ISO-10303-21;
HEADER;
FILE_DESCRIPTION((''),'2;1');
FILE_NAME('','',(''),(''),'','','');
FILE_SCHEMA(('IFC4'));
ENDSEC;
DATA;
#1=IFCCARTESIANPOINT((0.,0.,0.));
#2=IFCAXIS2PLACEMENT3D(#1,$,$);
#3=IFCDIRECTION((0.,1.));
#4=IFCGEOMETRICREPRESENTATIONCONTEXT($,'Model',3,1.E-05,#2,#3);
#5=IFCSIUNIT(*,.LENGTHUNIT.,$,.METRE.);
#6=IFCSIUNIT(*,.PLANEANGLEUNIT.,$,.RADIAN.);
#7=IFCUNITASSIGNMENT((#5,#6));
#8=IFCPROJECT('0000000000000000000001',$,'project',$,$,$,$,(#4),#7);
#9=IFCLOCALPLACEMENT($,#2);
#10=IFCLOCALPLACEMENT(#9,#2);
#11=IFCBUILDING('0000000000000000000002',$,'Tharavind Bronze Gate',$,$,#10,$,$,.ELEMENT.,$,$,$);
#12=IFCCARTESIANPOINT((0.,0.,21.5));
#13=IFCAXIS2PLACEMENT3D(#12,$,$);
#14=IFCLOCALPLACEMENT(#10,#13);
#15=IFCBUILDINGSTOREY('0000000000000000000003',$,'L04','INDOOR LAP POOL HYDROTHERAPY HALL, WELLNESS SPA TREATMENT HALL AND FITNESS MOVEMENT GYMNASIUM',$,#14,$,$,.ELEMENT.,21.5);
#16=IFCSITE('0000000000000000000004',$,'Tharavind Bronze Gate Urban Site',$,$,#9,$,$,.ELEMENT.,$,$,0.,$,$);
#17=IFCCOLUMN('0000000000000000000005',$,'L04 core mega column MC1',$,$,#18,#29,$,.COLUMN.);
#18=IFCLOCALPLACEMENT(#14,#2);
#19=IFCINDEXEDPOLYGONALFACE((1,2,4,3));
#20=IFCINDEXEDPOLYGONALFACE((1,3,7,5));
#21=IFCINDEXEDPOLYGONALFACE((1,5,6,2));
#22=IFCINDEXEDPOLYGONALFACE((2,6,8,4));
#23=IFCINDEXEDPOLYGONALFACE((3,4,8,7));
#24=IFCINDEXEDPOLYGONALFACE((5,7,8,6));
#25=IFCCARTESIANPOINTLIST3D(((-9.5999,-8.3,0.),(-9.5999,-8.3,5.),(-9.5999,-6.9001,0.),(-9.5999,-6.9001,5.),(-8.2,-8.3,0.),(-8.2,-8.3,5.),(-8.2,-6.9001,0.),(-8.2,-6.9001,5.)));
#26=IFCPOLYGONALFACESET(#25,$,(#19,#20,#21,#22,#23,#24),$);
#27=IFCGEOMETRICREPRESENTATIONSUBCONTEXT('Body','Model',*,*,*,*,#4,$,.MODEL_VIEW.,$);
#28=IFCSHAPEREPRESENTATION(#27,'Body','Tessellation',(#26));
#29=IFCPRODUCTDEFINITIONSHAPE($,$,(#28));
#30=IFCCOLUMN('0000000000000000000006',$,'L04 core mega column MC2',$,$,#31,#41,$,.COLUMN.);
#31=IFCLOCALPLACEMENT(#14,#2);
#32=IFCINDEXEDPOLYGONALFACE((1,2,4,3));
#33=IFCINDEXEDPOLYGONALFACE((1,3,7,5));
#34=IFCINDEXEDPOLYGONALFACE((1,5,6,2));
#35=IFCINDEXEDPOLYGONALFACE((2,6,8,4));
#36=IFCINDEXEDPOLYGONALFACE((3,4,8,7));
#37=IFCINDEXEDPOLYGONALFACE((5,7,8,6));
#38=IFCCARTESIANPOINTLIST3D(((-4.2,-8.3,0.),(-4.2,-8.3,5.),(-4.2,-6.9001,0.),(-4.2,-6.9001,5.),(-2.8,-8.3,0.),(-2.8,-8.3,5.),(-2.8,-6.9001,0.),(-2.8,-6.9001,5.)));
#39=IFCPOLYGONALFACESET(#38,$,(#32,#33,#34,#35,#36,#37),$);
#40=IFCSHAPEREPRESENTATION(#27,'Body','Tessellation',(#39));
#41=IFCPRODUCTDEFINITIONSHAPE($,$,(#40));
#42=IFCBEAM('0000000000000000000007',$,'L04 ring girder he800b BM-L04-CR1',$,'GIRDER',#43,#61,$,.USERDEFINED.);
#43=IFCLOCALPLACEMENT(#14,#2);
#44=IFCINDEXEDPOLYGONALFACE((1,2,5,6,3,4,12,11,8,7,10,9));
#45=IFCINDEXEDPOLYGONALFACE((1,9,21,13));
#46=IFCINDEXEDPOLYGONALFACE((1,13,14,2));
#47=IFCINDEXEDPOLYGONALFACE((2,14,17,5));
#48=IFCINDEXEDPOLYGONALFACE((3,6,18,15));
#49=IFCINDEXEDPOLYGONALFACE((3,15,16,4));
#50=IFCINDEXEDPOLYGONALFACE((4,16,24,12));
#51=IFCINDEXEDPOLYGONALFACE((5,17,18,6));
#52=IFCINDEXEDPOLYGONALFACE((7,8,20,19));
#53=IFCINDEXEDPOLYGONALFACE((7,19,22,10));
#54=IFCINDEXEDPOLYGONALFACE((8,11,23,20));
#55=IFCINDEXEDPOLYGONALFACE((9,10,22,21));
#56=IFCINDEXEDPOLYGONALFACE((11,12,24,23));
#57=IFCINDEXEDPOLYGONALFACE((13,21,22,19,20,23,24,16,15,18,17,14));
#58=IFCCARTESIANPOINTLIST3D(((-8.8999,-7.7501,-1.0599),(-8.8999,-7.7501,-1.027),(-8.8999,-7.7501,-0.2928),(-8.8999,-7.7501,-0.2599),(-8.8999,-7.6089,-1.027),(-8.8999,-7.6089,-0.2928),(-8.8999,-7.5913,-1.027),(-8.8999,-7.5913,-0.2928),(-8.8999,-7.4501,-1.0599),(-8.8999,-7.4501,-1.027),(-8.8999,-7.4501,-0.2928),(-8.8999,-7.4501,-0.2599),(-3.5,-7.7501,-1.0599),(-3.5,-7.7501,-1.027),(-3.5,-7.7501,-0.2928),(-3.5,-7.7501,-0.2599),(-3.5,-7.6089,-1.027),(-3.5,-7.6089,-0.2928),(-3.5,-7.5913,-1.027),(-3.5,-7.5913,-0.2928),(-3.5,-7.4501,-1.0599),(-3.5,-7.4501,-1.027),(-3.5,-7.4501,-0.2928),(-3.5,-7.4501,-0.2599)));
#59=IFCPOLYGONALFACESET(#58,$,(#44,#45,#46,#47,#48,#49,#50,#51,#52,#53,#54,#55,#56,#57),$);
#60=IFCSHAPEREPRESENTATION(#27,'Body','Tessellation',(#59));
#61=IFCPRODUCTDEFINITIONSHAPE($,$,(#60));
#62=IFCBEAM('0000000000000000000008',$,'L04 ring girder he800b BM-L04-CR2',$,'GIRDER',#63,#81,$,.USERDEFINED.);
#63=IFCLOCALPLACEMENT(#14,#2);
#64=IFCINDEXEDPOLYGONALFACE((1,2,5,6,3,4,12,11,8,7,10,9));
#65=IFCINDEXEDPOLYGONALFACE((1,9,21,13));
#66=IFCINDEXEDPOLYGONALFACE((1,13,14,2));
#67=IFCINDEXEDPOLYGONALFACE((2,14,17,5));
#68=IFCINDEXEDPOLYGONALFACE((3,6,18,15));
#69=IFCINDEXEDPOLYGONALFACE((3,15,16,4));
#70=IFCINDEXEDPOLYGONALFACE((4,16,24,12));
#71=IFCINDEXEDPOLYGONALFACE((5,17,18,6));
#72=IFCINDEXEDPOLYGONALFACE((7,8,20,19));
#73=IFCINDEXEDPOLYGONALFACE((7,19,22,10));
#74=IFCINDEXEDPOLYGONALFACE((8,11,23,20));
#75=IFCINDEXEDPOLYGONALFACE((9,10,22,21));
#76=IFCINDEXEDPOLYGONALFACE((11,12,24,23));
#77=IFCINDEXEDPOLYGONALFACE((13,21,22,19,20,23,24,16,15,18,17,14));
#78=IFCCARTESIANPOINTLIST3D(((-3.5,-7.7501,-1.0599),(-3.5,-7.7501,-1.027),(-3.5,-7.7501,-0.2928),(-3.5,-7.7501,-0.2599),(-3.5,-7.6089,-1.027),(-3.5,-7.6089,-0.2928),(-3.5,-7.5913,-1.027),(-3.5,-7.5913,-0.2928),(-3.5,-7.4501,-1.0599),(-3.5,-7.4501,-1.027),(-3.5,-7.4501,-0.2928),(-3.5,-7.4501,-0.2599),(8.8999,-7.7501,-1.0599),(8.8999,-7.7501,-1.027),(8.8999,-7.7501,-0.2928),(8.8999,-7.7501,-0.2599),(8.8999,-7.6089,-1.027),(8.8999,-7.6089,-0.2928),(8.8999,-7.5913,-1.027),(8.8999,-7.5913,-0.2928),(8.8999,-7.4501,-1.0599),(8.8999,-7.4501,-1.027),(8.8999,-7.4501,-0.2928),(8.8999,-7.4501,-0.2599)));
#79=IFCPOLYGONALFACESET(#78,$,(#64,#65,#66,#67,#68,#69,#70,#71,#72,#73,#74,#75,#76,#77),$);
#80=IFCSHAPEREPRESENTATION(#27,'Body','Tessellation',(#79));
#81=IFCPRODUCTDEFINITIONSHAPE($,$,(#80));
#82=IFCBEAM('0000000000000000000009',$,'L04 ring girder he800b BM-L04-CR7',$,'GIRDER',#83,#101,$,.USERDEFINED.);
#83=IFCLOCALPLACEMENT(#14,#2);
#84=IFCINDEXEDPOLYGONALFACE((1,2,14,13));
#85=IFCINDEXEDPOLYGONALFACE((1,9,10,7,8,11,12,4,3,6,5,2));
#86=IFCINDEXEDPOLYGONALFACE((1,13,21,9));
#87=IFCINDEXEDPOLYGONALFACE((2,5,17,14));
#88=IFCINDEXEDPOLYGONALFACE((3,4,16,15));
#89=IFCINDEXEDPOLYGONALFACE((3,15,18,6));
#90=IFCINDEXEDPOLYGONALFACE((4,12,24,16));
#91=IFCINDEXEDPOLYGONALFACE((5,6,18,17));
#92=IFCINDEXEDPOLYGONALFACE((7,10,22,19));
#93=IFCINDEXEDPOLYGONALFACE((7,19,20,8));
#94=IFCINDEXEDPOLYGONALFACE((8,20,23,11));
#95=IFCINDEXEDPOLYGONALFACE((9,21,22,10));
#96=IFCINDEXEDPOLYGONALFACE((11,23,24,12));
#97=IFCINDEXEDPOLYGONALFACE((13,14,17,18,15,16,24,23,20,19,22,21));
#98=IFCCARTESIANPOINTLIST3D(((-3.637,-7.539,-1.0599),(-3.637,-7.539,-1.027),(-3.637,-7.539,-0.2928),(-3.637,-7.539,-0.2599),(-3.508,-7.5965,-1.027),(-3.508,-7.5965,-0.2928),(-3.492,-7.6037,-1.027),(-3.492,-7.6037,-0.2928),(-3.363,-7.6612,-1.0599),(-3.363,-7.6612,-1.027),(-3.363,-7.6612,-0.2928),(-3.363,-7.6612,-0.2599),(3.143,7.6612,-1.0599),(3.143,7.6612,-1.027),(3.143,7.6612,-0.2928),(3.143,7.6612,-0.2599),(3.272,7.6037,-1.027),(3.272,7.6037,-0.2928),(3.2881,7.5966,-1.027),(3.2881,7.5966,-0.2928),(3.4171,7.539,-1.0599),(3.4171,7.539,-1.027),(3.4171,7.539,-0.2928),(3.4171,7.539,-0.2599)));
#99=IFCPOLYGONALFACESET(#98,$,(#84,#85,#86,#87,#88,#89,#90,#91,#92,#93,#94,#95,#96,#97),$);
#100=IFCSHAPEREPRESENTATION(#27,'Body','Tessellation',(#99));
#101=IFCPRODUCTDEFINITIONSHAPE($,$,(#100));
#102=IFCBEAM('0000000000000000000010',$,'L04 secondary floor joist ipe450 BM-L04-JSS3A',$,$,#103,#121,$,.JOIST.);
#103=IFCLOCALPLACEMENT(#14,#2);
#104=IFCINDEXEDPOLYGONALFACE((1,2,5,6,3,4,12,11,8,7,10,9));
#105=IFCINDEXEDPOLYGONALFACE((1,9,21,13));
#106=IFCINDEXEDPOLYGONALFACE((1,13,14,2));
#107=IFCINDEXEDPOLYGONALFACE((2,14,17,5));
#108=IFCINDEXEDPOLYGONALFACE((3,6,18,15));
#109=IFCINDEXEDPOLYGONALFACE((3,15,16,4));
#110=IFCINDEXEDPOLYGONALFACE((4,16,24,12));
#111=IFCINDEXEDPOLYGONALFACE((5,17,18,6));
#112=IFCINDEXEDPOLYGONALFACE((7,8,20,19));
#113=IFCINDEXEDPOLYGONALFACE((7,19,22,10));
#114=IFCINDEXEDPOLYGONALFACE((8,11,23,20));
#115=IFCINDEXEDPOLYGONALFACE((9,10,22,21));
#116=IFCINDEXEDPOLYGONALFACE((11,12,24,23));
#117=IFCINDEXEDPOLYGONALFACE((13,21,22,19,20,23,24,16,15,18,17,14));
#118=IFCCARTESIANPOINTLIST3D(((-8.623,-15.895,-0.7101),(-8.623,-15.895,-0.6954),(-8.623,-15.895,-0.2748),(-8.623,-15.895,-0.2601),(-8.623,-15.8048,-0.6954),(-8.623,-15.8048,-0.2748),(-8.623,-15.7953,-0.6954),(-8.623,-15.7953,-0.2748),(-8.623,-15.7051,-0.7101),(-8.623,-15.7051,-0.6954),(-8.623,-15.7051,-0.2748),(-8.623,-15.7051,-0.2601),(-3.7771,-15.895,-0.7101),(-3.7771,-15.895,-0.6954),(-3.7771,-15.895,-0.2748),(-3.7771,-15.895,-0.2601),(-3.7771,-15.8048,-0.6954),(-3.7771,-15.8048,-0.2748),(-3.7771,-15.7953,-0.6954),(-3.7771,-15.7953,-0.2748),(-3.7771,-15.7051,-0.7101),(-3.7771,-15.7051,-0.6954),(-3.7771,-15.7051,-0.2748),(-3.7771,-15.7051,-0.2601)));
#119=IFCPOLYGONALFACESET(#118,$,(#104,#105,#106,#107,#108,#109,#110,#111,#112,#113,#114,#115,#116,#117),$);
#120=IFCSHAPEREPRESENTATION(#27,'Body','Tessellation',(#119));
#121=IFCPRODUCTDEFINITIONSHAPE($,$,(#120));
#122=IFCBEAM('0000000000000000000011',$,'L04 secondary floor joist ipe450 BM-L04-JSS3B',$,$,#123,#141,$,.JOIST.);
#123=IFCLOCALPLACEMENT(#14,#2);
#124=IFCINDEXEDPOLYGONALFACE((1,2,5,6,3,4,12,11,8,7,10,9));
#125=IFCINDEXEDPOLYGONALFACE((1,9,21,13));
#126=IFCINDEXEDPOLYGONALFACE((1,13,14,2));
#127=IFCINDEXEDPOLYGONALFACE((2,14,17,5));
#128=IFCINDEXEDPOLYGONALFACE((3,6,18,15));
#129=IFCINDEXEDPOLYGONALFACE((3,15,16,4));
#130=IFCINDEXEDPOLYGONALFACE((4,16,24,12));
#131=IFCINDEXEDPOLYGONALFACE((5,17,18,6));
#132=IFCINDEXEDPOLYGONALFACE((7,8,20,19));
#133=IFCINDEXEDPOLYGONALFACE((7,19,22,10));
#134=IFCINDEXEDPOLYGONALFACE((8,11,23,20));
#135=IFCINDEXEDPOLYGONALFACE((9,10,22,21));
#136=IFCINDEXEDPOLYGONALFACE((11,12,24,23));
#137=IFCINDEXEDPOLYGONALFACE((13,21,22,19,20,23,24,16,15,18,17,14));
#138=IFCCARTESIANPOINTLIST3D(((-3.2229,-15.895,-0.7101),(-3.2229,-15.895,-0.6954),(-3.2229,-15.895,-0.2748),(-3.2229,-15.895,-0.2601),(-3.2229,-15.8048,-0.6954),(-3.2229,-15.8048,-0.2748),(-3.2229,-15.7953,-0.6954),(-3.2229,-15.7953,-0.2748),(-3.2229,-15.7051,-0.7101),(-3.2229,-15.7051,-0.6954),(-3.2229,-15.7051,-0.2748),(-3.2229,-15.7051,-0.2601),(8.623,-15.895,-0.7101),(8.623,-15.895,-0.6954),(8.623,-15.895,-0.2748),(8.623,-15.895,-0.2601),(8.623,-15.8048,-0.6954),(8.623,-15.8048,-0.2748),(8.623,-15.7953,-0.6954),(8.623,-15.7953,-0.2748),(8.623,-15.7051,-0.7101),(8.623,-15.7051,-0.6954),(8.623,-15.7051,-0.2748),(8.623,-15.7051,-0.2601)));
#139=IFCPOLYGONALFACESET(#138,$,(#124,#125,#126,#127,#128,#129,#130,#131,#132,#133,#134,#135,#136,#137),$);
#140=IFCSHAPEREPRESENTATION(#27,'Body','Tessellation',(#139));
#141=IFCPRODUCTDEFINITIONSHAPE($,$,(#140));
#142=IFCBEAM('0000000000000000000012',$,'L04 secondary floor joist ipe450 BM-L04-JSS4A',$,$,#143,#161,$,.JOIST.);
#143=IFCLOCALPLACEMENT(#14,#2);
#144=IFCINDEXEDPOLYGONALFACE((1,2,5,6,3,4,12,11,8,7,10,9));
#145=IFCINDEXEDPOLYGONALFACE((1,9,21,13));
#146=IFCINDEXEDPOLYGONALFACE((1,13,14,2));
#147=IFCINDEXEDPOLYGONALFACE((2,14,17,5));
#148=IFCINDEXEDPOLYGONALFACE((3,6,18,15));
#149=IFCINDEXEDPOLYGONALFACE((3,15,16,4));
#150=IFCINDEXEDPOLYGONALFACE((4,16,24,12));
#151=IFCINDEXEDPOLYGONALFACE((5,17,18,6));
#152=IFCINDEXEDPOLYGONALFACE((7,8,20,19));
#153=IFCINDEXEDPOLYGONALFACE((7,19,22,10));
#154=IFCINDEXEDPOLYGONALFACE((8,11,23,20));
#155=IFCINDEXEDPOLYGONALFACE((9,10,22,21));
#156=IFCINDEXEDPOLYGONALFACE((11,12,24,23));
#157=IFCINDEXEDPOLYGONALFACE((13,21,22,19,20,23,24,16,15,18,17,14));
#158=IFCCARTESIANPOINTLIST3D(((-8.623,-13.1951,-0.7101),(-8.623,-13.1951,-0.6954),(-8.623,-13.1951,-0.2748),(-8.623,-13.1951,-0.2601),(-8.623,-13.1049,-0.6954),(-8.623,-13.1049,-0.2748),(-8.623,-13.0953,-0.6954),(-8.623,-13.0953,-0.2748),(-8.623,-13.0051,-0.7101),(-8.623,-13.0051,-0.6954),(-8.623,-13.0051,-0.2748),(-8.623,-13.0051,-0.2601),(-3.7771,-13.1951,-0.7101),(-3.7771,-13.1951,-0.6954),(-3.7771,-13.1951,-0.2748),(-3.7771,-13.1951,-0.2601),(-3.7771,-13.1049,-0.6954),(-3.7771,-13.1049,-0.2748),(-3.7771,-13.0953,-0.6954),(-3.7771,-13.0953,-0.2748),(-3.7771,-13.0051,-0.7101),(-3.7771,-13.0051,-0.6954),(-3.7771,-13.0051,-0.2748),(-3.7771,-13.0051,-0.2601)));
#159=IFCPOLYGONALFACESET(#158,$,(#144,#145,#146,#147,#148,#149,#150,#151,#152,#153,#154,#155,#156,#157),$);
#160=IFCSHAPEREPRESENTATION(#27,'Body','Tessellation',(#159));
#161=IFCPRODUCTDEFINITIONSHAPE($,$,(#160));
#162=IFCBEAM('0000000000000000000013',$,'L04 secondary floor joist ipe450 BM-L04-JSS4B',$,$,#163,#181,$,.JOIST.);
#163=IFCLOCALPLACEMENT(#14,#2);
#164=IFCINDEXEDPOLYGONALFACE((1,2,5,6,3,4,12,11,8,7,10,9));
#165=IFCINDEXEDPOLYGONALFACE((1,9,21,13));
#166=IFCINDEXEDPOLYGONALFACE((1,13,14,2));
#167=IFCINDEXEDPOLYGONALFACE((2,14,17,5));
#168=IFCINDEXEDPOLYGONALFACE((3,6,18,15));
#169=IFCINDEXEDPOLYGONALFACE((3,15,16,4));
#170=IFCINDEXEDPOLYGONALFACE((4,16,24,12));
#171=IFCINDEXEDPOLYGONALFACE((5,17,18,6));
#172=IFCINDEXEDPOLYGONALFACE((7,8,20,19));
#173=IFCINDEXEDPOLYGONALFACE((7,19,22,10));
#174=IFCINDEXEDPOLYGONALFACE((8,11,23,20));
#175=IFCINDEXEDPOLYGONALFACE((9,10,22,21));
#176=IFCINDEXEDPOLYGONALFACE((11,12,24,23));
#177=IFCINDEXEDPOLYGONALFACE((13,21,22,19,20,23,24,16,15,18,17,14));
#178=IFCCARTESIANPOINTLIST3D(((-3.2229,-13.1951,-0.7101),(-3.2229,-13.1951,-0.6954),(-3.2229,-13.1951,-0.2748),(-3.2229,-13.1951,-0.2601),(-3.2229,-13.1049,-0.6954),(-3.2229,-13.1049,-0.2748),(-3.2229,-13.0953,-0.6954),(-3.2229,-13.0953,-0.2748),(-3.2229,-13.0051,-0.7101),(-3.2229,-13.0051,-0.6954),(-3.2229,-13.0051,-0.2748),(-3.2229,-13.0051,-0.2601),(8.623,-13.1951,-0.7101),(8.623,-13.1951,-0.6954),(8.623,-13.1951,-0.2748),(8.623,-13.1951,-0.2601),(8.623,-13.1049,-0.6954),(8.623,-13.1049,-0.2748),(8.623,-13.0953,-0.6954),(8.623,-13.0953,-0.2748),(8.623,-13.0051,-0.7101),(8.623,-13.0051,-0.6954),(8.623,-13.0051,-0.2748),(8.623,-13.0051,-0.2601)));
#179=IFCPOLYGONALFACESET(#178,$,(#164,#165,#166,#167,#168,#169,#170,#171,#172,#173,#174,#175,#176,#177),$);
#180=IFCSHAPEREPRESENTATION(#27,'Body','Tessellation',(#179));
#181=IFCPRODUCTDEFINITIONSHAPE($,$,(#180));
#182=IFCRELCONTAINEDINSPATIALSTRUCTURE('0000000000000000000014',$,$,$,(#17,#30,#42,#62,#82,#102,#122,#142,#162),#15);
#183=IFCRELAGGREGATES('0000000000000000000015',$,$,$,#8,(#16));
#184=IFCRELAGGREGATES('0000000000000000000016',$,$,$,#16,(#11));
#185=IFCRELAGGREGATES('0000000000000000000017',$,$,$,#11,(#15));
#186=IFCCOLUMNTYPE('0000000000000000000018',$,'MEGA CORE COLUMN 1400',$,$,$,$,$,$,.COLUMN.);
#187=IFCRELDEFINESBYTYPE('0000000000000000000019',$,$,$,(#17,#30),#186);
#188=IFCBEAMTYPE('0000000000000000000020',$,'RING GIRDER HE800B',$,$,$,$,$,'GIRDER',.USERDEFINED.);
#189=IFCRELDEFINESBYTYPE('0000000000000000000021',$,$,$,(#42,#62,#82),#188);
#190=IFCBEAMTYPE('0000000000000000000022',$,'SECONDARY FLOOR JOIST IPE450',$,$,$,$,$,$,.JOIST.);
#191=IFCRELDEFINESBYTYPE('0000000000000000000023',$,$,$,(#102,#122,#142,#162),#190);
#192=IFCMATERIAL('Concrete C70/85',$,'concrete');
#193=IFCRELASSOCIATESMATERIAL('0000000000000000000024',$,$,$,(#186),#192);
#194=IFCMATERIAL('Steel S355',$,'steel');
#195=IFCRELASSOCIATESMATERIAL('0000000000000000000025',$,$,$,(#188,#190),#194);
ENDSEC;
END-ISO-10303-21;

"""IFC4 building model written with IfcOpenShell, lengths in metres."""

from ifc_helpers import new_model, si_unit, direction, frame, origin, origin_2d, place, context, subcontext, project, spatial, rectangle, i_section, extrude, material, material_profile, profile_set, type_object, element, save


model = new_model("IFC4")

# Units and contexts
model_context = context("Model", 3, precision=1e-05, world=origin(), true_north=direction((0.0, 1.0)))
body_context = subcontext(model_context, "Body", "Model", "MODEL_VIEW")
ifc_project = project(units=[si_unit("LENGTHUNIT", "METRE"), si_unit("PLANEANGLEUNIT", "RADIAN")], contexts=[model_context])

# Site, building, storey
site_placement = place(None, origin())
site = spatial("IfcSite", under=ifc_project, at=site_placement, Name="Tharavind Bronze Gate Urban Site", CompositionType="ELEMENT", RefElevation=0.0)
building_placement = place(site_placement, origin())
building = spatial("IfcBuilding", under=site, at=building_placement, Name="Tharavind Bronze Gate", CompositionType="ELEMENT")
storey_placement = place(building_placement, frame((0.0, 0.0, 21.5)))
storey = spatial("IfcBuildingStorey", under=building, at=storey_placement, Name="L04", Description="INDOOR LAP POOL HYDROTHERAPY HALL, WELLNESS SPA TREATMENT HALL AND FITNESS MOVEMENT GYMNASIUM", CompositionType="ELEMENT", Elevation=21.5)

# Columns
ifc_material_1 = material(Name="Concrete C70/85", Category="concrete")
ifc_material_profile_1 = material_profile(ifc_material_1, rectangle(XDim=1.3999, YDim=1.3999, at=origin_2d()), Name="RCCOL1400")
ifc_profile_set_1 = profile_set([ifc_material_profile_1], Name="Concrete C70/85")
column_type = type_object("IfcColumnType", Name="MEGA CORE COLUMN 1400", PredefinedType="COLUMN", material=ifc_profile_set_1)
for number, where, z_axis, x_axis, name in (
    (1, (-8.8999, -7.6001, 0.0), (0.0, 0.0, 1.0), (1.0, 0.0, 0.0), "L04 core mega column MC1"),
    (2, (-3.5, -7.6001, 0.0), (0.0, 0.0, 1.0), (1.0, 0.0, 0.0), "L04 core mega column MC2"),
):
    element("IfcColumn", number, at=place(storey_placement, frame(where, z_axis=z_axis, x_axis=x_axis)), inside=storey, type_object=column_type, Name=name, PredefinedType="COLUMN", context=body_context, shape_type="SweptSolid", body=[
        extrude(rectangle(XDim=1.3999, YDim=1.3999, at=origin_2d()), origin(), (0.0, 0.0, 1.0), 5.0),
    ])

# Beams
ifc_material_2 = material(Name="Steel S355", Category="steel")
ifc_material_profile_2 = material_profile(ifc_material_2, i_section(OverallWidth=0.3, OverallDepth=0.8, WebThickness=0.0176, FlangeThickness=0.033, at=origin_2d()), Name="HE800B")
ifc_profile_set_2 = profile_set([ifc_material_profile_2], Name="Steel S355")
beam_type_1 = type_object("IfcBeamType", Name="RING GIRDER HE800B", ElementType="GIRDER", PredefinedType="USERDEFINED", material=ifc_profile_set_2)
beam_1_placement = place(storey_placement, frame((-8.8999, -7.6001, -0.6599), z_axis=(1.0, 0.0, 0.0), x_axis=(0.0, 1.0, 0.0)))
element("IfcBeam", 3, at=beam_1_placement, inside=storey, type_object=beam_type_1, Name="L04 ring girder he800b BM-L04-CR1", ObjectType="GIRDER", PredefinedType="USERDEFINED", context=body_context, shape_type="SweptSolid", body=[
    extrude(i_section(OverallWidth=0.3, OverallDepth=0.8, WebThickness=0.0176, FlangeThickness=0.033, at=origin_2d()), origin(), (0.0, 0.0, 1.0), 5.3999),
])
beam_2_placement = place(storey_placement, frame((-3.5, -7.6001, -0.6599), z_axis=(1.0, 0.0, 0.0), x_axis=(0.0, 1.0, 0.0)))
element("IfcBeam", 4, at=beam_2_placement, inside=storey, type_object=beam_type_1, Name="L04 ring girder he800b BM-L04-CR2", ObjectType="GIRDER", PredefinedType="USERDEFINED", context=body_context, shape_type="SweptSolid", body=[
    extrude(i_section(OverallWidth=0.3, OverallDepth=0.8, WebThickness=0.0176, FlangeThickness=0.033, at=origin_2d()), origin(), (0.0, 0.0, 1.0), 12.3999),
])
beam_3_placement = place(storey_placement, frame((-3.5, -7.6001, -0.6599), z_axis=(0.407362, 0.913267, 0.0), x_axis=(-0.913267, 0.407362, 0.0)))
element("IfcBeam", 5, at=beam_3_placement, inside=storey, type_object=beam_type_1, Name="L04 ring girder he800b BM-L04-CR7", ObjectType="GIRDER", PredefinedType="USERDEFINED", context=body_context, shape_type="SweptSolid", body=[
    extrude(i_section(OverallWidth=0.3, OverallDepth=0.8, WebThickness=0.0176, FlangeThickness=0.033, at=origin_2d()), origin(), (0.0, 0.0, 1.0), 16.6438),
])
ifc_material_profile_3 = material_profile(ifc_material_2, i_section(OverallWidth=0.1899, OverallDepth=0.45, WebThickness=0.0095, FlangeThickness=0.0146, at=origin_2d()), Name="IPE450")
ifc_profile_set_3 = profile_set([ifc_material_profile_3], Name="Steel S355")
beam_type_2 = type_object("IfcBeamType", Name="SECONDARY FLOOR JOIST IPE450", PredefinedType="JOIST", material=ifc_profile_set_3)
beam_4_placement = place(storey_placement, frame((-8.623, -15.8, -0.4851), z_axis=(1.0, 0.0, 0.0), x_axis=(0.0, 1.0, 0.0)))
element("IfcBeam", 6, at=beam_4_placement, inside=storey, type_object=beam_type_2, Name="L04 secondary floor joist ipe450 BM-L04-JSS3A", PredefinedType="JOIST", context=body_context, shape_type="SweptSolid", body=[
    extrude(i_section(OverallWidth=0.1899, OverallDepth=0.45, WebThickness=0.0095, FlangeThickness=0.0146, at=origin_2d()), origin(), (0.0, 0.0, 1.0), 4.8459),
])
beam_5_placement = place(storey_placement, frame((-3.2229, -15.8, -0.4851), z_axis=(1.0, 0.0, 0.0), x_axis=(0.0, 1.0, 0.0)))
element("IfcBeam", 7, at=beam_5_placement, inside=storey, type_object=beam_type_2, Name="L04 secondary floor joist ipe450 BM-L04-JSS3B", PredefinedType="JOIST", context=body_context, shape_type="SweptSolid", body=[
    extrude(i_section(OverallWidth=0.1899, OverallDepth=0.45, WebThickness=0.0095, FlangeThickness=0.0146, at=origin_2d()), origin(), (0.0, 0.0, 1.0), 11.8459),
])
beam_6_placement = place(storey_placement, frame((-8.623, -13.1001, -0.4851), z_axis=(1.0, 0.0, 0.0), x_axis=(0.0, 1.0, 0.0)))
element("IfcBeam", 8, at=beam_6_placement, inside=storey, type_object=beam_type_2, Name="L04 secondary floor joist ipe450 BM-L04-JSS4A", PredefinedType="JOIST", context=body_context, shape_type="SweptSolid", body=[
    extrude(i_section(OverallWidth=0.1899, OverallDepth=0.45, WebThickness=0.0095, FlangeThickness=0.0146, at=origin_2d()), origin(), (0.0, 0.0, 1.0), 4.8459),
])
beam_7_placement = place(storey_placement, frame((-3.2229, -13.1001, -0.4851), z_axis=(1.0, 0.0, 0.0), x_axis=(0.0, 1.0, 0.0)))
element("IfcBeam", 9, at=beam_7_placement, inside=storey, type_object=beam_type_2, Name="L04 secondary floor joist ipe450 BM-L04-JSS4B", PredefinedType="JOIST", context=body_context, shape_type="SweptSolid", body=[
    extrude(i_section(OverallWidth=0.1899, OverallDepth=0.45, WebThickness=0.0095, FlangeThickness=0.0146, at=origin_2d()), origin(), (0.0, 0.0, 1.0), 11.8459),
])

save(model, "model.ifc")
